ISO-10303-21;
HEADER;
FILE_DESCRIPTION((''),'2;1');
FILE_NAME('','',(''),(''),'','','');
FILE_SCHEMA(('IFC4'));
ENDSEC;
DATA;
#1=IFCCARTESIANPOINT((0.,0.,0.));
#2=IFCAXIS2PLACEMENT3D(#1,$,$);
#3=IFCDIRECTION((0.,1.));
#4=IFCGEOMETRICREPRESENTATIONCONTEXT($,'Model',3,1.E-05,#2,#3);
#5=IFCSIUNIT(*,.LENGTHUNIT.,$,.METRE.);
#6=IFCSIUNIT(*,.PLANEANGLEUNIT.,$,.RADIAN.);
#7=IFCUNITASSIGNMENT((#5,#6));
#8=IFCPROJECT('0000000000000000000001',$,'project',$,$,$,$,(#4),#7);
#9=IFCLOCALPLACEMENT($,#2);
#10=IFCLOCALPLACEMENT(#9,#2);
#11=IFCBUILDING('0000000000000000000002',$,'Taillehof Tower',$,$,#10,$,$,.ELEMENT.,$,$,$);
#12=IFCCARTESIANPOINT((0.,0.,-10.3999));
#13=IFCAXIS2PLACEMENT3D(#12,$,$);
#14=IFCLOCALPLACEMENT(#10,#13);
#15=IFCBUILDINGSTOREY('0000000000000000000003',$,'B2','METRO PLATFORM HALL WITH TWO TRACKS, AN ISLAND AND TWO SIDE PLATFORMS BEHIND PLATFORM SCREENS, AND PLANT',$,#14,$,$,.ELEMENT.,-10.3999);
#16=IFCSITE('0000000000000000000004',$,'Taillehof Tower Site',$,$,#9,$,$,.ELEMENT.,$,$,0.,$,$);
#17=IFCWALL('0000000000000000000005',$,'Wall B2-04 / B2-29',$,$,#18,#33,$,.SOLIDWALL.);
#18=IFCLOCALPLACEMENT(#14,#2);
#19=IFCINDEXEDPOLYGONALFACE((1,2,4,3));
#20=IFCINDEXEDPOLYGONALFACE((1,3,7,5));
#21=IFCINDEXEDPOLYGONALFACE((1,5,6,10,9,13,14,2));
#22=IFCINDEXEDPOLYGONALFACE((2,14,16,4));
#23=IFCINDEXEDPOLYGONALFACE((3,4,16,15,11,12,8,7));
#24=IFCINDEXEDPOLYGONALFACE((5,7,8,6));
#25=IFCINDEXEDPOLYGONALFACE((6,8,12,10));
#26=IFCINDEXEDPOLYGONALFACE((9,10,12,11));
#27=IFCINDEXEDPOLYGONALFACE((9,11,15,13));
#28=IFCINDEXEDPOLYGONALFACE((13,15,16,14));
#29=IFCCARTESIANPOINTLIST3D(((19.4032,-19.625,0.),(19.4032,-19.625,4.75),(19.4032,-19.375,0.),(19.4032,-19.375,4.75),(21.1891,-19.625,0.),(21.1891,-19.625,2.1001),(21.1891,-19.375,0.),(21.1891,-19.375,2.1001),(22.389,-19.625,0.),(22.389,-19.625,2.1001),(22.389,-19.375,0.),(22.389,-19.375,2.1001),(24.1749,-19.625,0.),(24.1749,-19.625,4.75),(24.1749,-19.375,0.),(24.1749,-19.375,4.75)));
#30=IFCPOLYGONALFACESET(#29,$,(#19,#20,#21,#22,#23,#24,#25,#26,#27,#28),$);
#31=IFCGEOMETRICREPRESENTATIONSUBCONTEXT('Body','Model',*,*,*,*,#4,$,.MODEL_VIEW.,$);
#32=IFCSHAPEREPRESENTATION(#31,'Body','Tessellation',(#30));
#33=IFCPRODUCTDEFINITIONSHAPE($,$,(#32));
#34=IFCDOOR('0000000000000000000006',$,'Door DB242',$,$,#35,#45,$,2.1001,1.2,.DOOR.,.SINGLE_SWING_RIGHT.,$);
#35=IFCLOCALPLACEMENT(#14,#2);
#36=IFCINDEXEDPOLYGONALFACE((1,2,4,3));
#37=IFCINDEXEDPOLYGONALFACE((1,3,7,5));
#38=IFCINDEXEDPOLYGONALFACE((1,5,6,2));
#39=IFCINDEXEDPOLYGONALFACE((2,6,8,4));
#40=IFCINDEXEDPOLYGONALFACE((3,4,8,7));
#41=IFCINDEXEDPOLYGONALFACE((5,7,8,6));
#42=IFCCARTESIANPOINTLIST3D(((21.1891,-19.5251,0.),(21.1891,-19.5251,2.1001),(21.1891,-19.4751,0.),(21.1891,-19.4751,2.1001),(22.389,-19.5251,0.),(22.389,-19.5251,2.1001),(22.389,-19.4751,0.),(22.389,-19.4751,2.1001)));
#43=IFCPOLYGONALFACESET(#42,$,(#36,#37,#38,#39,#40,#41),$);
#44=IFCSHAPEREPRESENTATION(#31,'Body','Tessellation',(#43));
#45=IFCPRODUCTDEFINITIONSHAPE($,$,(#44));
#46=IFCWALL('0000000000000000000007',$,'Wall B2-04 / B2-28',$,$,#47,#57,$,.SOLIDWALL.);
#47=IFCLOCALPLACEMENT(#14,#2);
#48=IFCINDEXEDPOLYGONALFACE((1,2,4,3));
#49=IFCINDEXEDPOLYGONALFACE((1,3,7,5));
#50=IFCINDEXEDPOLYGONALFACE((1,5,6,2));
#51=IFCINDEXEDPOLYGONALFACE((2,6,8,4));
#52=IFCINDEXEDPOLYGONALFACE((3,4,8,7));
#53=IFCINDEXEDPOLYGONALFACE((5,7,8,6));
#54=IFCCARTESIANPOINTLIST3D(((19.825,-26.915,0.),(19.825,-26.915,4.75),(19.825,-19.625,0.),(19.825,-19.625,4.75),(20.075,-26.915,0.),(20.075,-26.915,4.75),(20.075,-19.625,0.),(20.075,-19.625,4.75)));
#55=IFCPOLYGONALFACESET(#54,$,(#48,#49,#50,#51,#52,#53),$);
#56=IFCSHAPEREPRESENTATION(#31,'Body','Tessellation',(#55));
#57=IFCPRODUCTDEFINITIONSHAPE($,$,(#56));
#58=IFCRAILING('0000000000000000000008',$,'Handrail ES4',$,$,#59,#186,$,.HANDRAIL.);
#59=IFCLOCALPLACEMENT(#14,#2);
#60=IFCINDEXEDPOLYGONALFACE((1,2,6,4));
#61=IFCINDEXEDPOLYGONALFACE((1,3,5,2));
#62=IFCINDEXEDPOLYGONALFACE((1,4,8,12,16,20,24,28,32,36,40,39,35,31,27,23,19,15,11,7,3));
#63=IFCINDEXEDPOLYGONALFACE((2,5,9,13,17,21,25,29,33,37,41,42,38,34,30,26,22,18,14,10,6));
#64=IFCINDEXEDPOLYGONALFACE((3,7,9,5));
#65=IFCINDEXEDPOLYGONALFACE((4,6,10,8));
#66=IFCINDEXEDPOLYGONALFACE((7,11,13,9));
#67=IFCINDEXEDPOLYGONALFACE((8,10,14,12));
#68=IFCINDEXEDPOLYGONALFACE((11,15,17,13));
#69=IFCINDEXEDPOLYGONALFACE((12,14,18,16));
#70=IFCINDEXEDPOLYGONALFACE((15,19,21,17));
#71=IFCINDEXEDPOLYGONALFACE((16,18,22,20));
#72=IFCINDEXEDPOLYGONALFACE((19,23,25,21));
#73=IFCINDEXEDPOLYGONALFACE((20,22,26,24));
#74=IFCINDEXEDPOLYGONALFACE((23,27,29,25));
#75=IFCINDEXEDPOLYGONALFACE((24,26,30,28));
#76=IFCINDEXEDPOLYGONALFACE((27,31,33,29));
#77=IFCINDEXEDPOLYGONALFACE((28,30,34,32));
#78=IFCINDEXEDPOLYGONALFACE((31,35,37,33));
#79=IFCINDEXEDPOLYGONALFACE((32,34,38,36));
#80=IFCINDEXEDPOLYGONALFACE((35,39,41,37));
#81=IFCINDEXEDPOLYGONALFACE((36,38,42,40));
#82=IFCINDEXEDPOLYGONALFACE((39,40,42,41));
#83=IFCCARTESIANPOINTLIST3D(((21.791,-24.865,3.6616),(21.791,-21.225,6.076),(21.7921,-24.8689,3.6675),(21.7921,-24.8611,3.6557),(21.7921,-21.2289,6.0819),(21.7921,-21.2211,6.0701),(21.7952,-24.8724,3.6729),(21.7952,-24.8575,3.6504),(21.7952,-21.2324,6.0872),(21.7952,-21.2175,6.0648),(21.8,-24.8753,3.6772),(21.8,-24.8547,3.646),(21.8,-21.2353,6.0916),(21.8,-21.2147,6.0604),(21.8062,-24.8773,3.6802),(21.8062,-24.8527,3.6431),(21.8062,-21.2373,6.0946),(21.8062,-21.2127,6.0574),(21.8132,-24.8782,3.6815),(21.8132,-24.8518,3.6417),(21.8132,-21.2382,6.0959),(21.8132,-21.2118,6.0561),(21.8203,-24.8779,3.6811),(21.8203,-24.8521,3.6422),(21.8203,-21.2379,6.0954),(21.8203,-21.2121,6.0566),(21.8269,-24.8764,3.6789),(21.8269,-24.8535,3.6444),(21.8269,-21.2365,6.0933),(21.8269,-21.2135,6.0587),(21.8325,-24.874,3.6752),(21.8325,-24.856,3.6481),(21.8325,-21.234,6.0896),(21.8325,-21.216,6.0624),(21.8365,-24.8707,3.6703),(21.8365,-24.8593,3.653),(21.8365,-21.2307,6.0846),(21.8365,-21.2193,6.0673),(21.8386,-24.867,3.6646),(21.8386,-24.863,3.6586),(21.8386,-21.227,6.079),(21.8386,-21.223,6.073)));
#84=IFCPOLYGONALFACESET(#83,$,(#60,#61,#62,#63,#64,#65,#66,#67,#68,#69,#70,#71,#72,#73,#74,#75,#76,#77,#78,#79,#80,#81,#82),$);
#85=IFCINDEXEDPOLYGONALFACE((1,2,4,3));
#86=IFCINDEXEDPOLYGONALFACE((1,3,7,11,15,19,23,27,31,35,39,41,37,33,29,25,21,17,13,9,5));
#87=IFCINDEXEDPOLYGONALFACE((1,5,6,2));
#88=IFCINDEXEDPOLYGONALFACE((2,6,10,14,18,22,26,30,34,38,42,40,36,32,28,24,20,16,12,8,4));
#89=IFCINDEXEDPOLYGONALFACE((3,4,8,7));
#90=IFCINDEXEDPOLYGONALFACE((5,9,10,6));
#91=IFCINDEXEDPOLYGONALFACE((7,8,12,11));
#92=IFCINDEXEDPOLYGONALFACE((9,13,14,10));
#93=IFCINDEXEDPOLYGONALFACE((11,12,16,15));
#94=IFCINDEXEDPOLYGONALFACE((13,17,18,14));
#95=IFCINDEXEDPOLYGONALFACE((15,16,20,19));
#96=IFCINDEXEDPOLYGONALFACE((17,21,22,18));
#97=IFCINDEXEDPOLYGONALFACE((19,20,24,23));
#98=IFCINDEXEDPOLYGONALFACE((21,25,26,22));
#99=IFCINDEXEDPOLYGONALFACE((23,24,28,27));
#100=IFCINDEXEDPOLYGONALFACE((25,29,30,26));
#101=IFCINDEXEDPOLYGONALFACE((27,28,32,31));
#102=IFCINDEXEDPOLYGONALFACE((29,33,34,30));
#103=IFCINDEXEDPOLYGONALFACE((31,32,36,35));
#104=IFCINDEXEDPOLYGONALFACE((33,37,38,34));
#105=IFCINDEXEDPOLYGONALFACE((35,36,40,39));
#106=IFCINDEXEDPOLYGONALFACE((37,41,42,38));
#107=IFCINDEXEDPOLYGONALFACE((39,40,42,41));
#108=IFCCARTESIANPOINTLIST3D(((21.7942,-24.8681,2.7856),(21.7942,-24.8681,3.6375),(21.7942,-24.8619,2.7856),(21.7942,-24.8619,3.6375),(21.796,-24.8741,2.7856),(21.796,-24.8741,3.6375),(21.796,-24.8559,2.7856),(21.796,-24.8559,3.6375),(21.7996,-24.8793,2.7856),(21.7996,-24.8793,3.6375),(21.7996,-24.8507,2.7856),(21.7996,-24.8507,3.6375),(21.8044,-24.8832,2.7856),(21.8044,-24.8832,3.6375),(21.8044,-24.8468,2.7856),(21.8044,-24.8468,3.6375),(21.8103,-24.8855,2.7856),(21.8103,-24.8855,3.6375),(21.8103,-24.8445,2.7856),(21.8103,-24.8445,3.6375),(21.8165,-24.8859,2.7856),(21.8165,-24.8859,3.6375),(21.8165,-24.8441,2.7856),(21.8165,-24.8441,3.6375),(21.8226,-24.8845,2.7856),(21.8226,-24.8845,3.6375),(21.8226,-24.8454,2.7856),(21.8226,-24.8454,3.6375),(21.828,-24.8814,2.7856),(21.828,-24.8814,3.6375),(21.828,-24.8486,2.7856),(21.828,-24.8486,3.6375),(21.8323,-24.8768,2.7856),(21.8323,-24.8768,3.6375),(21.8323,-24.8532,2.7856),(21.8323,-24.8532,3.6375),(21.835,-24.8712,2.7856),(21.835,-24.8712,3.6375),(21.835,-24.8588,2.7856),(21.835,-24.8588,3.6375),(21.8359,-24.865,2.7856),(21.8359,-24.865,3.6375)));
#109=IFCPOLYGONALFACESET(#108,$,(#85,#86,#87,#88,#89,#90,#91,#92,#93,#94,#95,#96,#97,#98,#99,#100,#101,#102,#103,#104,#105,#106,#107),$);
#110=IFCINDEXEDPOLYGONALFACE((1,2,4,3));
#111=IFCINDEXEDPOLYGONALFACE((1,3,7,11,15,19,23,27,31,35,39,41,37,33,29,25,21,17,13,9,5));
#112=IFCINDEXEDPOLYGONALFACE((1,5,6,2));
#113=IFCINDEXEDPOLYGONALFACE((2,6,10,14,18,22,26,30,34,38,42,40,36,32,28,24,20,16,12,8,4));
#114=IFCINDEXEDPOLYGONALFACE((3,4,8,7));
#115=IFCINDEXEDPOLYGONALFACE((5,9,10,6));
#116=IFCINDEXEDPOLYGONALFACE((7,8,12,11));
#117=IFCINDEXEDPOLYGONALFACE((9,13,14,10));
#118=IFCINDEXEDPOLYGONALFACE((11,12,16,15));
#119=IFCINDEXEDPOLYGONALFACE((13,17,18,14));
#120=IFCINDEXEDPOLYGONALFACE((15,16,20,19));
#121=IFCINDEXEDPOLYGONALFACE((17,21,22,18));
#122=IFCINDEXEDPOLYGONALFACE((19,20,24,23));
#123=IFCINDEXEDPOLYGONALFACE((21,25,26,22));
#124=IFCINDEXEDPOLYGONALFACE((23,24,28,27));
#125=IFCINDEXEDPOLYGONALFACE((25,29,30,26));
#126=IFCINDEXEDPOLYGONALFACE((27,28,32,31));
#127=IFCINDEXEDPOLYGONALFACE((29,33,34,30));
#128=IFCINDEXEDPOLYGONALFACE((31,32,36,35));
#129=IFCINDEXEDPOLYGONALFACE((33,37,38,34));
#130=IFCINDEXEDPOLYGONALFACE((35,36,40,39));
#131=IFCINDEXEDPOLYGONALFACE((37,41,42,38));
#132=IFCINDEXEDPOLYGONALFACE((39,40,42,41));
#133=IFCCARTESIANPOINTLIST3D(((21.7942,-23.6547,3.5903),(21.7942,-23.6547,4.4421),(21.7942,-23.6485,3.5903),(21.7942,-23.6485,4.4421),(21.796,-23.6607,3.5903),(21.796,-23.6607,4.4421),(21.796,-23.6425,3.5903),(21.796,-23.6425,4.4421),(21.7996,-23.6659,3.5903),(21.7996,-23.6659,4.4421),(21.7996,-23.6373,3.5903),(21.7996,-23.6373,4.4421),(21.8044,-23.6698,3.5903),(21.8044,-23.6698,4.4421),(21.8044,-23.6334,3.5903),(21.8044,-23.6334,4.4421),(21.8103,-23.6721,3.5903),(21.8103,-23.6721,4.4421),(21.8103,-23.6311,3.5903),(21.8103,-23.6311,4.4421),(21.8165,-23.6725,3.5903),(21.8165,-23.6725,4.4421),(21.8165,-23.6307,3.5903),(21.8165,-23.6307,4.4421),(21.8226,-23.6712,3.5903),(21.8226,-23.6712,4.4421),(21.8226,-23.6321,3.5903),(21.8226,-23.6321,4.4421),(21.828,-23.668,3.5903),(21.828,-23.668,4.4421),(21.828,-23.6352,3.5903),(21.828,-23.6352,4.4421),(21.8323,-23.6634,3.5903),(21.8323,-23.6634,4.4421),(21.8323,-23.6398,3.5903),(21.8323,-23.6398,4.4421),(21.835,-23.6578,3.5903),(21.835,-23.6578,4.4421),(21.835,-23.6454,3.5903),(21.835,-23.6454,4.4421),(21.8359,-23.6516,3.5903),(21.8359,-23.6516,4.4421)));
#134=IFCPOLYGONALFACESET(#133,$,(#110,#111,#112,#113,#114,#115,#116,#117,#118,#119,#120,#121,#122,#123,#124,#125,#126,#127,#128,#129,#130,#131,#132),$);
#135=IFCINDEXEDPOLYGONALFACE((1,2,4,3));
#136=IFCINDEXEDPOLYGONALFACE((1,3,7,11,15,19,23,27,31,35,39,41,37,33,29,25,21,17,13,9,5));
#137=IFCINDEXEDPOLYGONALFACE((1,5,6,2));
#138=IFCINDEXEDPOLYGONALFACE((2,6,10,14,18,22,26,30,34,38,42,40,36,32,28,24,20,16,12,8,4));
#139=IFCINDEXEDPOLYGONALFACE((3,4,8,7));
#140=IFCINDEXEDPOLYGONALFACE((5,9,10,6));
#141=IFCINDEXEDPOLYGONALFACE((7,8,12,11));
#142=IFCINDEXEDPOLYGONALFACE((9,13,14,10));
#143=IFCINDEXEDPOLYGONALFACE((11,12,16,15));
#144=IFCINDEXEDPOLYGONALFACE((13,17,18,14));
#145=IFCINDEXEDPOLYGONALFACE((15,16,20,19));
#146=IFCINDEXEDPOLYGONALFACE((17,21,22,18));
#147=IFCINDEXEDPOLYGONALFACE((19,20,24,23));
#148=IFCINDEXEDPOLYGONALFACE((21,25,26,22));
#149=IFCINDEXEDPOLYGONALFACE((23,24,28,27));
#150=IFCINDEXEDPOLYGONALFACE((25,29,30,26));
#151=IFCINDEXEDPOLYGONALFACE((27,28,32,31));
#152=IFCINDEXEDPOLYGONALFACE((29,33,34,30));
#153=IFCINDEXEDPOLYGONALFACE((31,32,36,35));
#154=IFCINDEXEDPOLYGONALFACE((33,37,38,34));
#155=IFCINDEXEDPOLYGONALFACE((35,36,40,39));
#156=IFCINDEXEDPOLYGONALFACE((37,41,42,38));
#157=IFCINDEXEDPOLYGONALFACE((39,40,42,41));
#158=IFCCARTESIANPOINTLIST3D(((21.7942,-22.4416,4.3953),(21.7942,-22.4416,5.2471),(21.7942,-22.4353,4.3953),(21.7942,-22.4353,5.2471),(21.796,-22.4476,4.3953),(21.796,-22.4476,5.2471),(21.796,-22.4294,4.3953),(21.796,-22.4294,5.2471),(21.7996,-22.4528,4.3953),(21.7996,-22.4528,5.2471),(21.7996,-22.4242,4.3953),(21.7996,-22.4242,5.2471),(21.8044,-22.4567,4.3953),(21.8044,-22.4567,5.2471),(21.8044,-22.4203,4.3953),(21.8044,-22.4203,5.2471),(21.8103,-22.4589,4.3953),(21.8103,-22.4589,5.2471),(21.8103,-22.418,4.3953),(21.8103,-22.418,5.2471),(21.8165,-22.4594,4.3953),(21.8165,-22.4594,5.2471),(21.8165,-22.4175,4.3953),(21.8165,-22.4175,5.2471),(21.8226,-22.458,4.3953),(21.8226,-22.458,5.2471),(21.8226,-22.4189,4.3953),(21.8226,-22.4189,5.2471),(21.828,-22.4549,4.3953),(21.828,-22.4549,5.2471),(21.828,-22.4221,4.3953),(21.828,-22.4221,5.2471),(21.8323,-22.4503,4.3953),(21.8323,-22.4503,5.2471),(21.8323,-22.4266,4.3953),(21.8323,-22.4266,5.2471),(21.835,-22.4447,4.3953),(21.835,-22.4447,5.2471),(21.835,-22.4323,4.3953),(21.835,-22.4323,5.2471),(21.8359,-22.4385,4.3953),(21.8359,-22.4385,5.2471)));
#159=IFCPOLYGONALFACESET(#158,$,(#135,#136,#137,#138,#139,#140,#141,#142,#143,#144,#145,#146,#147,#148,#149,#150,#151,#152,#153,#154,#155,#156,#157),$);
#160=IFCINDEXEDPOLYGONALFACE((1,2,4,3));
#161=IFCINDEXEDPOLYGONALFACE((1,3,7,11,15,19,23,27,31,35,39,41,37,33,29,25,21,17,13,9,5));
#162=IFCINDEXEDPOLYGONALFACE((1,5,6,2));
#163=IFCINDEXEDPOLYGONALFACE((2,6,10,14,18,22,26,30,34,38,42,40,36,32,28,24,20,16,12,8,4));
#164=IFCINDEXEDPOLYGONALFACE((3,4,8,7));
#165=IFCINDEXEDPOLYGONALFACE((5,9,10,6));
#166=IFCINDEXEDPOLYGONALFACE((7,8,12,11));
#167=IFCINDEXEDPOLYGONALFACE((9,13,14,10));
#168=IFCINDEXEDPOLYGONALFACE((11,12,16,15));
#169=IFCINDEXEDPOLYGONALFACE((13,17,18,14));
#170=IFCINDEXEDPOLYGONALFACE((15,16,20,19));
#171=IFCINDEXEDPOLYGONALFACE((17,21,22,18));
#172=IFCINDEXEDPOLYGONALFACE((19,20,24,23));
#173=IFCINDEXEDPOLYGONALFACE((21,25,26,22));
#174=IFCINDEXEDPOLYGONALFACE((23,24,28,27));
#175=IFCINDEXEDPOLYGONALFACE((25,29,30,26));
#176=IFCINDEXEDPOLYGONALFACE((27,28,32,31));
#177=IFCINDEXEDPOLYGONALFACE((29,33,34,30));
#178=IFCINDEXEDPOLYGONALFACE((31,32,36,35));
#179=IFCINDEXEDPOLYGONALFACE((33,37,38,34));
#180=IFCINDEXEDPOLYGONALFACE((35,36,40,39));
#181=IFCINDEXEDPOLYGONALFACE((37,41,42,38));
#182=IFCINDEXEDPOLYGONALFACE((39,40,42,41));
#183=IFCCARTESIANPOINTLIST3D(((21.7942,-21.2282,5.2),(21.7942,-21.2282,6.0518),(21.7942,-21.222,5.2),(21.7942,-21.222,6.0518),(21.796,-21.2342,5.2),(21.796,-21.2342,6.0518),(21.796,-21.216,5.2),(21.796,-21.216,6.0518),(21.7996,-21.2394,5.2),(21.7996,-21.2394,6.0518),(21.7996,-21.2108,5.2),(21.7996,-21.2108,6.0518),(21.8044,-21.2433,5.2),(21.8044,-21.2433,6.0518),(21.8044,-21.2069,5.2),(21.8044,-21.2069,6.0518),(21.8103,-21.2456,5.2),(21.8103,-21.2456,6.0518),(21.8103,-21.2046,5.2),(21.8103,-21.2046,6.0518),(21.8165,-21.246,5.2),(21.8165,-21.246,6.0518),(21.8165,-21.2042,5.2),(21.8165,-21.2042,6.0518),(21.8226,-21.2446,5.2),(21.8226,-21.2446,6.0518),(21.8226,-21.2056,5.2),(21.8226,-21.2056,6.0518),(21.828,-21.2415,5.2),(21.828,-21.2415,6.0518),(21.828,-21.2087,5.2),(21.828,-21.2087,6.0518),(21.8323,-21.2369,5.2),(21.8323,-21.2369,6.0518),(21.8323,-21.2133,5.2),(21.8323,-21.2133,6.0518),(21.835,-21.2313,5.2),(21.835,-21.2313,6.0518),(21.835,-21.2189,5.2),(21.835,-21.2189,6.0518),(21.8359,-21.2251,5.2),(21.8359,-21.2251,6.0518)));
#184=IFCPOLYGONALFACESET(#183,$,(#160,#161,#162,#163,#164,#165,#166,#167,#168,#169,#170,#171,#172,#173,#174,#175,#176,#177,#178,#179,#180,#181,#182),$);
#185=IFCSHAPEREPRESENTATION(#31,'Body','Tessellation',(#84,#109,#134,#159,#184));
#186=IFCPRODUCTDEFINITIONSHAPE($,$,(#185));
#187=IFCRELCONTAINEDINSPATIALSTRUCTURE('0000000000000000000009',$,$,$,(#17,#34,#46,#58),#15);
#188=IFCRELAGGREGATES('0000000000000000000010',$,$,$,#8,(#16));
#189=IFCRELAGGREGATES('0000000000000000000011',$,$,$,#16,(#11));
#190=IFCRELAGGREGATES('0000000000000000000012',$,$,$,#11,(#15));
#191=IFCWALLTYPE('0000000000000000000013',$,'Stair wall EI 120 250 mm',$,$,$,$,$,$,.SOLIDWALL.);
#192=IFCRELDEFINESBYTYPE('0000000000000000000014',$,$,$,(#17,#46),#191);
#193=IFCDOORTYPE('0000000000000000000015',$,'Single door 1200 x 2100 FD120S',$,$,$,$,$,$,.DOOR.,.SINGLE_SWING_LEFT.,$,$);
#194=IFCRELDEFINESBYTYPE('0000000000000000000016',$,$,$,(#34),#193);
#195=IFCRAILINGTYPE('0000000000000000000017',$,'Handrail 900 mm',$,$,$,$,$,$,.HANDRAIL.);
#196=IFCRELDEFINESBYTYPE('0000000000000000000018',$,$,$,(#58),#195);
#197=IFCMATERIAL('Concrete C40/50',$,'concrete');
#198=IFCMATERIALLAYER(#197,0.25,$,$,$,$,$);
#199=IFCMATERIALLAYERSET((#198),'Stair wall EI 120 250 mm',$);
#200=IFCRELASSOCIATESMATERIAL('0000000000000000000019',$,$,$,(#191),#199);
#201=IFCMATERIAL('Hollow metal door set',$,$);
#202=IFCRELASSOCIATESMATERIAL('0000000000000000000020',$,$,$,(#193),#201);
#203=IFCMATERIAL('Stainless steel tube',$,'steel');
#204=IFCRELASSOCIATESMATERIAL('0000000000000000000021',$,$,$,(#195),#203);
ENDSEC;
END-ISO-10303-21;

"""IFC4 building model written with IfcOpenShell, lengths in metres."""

from ifc_helpers import new_model, si_unit, direction, frame, frame_2d, origin, origin_2d, place, context, subcontext, project, spatial, rectangle, circle, extrude, material, layer, layer_set, type_object, element, fill, save


model = new_model("IFC4")

# Units and contexts
model_context = context("Model", 3, precision=1e-05, world=origin(), true_north=direction((0.0, 1.0)))
body_context = subcontext(model_context, "Body", "Model", "MODEL_VIEW")
ifc_project = project(units=[si_unit("LENGTHUNIT", "METRE"), si_unit("PLANEANGLEUNIT", "RADIAN")], contexts=[model_context])

# Site, building, storey
site_placement = place(None, origin())
site = spatial("IfcSite", under=ifc_project, at=site_placement, Name="Taillehof Tower Site", CompositionType="ELEMENT", RefElevation=0.0)
building_placement = place(site_placement, origin())
building = spatial("IfcBuilding", under=site, at=building_placement, Name="Taillehof Tower", CompositionType="ELEMENT")
storey_placement = place(building_placement, frame((0.0, 0.0, -10.3999)))
storey = spatial("IfcBuildingStorey", under=building, at=storey_placement, Name="B2", Description="METRO PLATFORM HALL WITH TWO TRACKS, AN ISLAND AND TWO SIDE PLATFORMS BEHIND PLATFORM SCREENS, AND PLANT", CompositionType="ELEMENT", Elevation=-10.3999)

# Shared definitions
ifc_material_1 = material(Name="Concrete C40/50", Category="concrete")
ifc_layer_1 = layer(ifc_material_1, 0.25)
ifc_layer_set_1 = layer_set([ifc_layer_1], Name="Stair wall EI 120 250 mm")
wall_type_1 = type_object("IfcWallType", Name="Stair wall EI 120 250 mm", PredefinedType="SOLIDWALL", material=ifc_layer_set_1)

# Wall, opening, door
wall_1_placement = place(storey_placement, frame((19.4033, -19.5, 0.0), z_axis=(0.0, 0.0, 1.0), x_axis=(1.0, 0.0, 0.0)))
wall_1 = element("IfcWall", 1, at=wall_1_placement, inside=storey, type_object=wall_type_1, Name="Wall B2-04 / B2-29", PredefinedType="SOLIDWALL", context=body_context, shape_type="SweptSolid", body=[
    extrude(rectangle(XDim=4.7717, YDim=0.25, at=frame_2d((2.3857, 0.0))), origin(), (0.0, 0.0, 1.0), 4.75),
])
opening_1_placement = place(wall_1_placement, frame((1.7856, 0.0, 0.0)))
opening_1 = element("IfcOpeningElement", 2, at=opening_1_placement, cuts=wall_1, PredefinedType="OPENING", context=body_context, shape_type="SweptSolid", body=[
    extrude(rectangle(XDim=1.2, YDim=2.1001, at=frame_2d((0.6001, 1.05))), frame((0.0, 0.135, 0.0), z_axis=(0.0, -1.0, 0.0), x_axis=(1.0, 0.0, 0.0)), (0.0, 0.0, 1.0), 0.27),
])
ifc_material_2 = material(Name="Hollow metal door set")
door_type_1 = type_object("IfcDoorType", Name="Single door 1200 x 2100 FD120S", OperationType="SINGLE_SWING_LEFT", PredefinedType="DOOR", material=ifc_material_2)
door_1_placement = place(opening_1_placement, origin())
door_1 = element("IfcDoor", 3, at=door_1_placement, inside=storey, type_object=door_type_1, Name="Door DB242", OperationType="SINGLE_SWING_RIGHT", OverallHeight=2.1001, OverallWidth=1.2, PredefinedType="DOOR", context=body_context, shape_type="SweptSolid", body=[
    extrude(rectangle(XDim=1.2, YDim=2.1001, at=frame_2d((0.6001, 1.05))), frame((0.0, 0.0249, 0.0), z_axis=(0.0, -1.0, 0.0), x_axis=(1.0, 0.0, 0.0)), (0.0, 0.0, 1.0), 0.05),
])
fill(opening_1, door_1)

# Wall
wall_2_placement = place(storey_placement, frame((19.95, -26.915, 0.0), z_axis=(0.0, 0.0, 1.0), x_axis=(0.0, 1.0, 0.0)))
element("IfcWall", 4, at=wall_2_placement, inside=storey, type_object=wall_type_1, Name="Wall B2-04 / B2-28", PredefinedType="SOLIDWALL", context=body_context, shape_type="SweptSolid", body=[
    extrude(rectangle(XDim=7.29, YDim=0.25, at=frame_2d((3.645, 0.0))), origin(), (0.0, 0.0, 1.0), 4.75),
])

# Railing
ifc_material_3 = material(Name="Stainless steel tube", Category="steel")
railing_type = type_object("IfcRailingType", Name="Handrail 900 mm", PredefinedType="HANDRAIL", material=ifc_material_3)
for number, where, name in (
    (5, (21.8149, -24.865, 2.7856), "Handrail ES4"),
):
    element("IfcRailing", number, at=place(storey_placement, frame(where)), inside=storey, type_object=railing_type, Name=name, PredefinedType="HANDRAIL", context=body_context, shape_type="SweptSolid", body=[
        extrude(circle(Radius=0.0239, at=origin_2d()), frame((0.0, 0.0, 0.876), z_axis=(0.0, 0.833347, 0.552751), x_axis=(-1.0, 0.0, 0.0)), (0.0, 0.0, 1.0), 4.3679),
        extrude(circle(Radius=0.021, at=origin_2d()), origin(), (0.0, 0.0, 1.0), 0.8518),
        extrude(circle(Radius=0.021, at=origin_2d()), frame((0.0, 1.2134, 0.8047)), (0.0, 0.0, 1.0), 0.8518),
        extrude(circle(Radius=0.021, at=origin_2d()), frame((0.0, 2.4265, 1.6096)), (0.0, 0.0, 1.0), 0.8518),
        extrude(circle(Radius=0.021, at=origin_2d()), frame((0.0, 3.6399, 2.4143)), (0.0, 0.0, 1.0), 0.8518),
    ])

save(model, "model.ifc")
